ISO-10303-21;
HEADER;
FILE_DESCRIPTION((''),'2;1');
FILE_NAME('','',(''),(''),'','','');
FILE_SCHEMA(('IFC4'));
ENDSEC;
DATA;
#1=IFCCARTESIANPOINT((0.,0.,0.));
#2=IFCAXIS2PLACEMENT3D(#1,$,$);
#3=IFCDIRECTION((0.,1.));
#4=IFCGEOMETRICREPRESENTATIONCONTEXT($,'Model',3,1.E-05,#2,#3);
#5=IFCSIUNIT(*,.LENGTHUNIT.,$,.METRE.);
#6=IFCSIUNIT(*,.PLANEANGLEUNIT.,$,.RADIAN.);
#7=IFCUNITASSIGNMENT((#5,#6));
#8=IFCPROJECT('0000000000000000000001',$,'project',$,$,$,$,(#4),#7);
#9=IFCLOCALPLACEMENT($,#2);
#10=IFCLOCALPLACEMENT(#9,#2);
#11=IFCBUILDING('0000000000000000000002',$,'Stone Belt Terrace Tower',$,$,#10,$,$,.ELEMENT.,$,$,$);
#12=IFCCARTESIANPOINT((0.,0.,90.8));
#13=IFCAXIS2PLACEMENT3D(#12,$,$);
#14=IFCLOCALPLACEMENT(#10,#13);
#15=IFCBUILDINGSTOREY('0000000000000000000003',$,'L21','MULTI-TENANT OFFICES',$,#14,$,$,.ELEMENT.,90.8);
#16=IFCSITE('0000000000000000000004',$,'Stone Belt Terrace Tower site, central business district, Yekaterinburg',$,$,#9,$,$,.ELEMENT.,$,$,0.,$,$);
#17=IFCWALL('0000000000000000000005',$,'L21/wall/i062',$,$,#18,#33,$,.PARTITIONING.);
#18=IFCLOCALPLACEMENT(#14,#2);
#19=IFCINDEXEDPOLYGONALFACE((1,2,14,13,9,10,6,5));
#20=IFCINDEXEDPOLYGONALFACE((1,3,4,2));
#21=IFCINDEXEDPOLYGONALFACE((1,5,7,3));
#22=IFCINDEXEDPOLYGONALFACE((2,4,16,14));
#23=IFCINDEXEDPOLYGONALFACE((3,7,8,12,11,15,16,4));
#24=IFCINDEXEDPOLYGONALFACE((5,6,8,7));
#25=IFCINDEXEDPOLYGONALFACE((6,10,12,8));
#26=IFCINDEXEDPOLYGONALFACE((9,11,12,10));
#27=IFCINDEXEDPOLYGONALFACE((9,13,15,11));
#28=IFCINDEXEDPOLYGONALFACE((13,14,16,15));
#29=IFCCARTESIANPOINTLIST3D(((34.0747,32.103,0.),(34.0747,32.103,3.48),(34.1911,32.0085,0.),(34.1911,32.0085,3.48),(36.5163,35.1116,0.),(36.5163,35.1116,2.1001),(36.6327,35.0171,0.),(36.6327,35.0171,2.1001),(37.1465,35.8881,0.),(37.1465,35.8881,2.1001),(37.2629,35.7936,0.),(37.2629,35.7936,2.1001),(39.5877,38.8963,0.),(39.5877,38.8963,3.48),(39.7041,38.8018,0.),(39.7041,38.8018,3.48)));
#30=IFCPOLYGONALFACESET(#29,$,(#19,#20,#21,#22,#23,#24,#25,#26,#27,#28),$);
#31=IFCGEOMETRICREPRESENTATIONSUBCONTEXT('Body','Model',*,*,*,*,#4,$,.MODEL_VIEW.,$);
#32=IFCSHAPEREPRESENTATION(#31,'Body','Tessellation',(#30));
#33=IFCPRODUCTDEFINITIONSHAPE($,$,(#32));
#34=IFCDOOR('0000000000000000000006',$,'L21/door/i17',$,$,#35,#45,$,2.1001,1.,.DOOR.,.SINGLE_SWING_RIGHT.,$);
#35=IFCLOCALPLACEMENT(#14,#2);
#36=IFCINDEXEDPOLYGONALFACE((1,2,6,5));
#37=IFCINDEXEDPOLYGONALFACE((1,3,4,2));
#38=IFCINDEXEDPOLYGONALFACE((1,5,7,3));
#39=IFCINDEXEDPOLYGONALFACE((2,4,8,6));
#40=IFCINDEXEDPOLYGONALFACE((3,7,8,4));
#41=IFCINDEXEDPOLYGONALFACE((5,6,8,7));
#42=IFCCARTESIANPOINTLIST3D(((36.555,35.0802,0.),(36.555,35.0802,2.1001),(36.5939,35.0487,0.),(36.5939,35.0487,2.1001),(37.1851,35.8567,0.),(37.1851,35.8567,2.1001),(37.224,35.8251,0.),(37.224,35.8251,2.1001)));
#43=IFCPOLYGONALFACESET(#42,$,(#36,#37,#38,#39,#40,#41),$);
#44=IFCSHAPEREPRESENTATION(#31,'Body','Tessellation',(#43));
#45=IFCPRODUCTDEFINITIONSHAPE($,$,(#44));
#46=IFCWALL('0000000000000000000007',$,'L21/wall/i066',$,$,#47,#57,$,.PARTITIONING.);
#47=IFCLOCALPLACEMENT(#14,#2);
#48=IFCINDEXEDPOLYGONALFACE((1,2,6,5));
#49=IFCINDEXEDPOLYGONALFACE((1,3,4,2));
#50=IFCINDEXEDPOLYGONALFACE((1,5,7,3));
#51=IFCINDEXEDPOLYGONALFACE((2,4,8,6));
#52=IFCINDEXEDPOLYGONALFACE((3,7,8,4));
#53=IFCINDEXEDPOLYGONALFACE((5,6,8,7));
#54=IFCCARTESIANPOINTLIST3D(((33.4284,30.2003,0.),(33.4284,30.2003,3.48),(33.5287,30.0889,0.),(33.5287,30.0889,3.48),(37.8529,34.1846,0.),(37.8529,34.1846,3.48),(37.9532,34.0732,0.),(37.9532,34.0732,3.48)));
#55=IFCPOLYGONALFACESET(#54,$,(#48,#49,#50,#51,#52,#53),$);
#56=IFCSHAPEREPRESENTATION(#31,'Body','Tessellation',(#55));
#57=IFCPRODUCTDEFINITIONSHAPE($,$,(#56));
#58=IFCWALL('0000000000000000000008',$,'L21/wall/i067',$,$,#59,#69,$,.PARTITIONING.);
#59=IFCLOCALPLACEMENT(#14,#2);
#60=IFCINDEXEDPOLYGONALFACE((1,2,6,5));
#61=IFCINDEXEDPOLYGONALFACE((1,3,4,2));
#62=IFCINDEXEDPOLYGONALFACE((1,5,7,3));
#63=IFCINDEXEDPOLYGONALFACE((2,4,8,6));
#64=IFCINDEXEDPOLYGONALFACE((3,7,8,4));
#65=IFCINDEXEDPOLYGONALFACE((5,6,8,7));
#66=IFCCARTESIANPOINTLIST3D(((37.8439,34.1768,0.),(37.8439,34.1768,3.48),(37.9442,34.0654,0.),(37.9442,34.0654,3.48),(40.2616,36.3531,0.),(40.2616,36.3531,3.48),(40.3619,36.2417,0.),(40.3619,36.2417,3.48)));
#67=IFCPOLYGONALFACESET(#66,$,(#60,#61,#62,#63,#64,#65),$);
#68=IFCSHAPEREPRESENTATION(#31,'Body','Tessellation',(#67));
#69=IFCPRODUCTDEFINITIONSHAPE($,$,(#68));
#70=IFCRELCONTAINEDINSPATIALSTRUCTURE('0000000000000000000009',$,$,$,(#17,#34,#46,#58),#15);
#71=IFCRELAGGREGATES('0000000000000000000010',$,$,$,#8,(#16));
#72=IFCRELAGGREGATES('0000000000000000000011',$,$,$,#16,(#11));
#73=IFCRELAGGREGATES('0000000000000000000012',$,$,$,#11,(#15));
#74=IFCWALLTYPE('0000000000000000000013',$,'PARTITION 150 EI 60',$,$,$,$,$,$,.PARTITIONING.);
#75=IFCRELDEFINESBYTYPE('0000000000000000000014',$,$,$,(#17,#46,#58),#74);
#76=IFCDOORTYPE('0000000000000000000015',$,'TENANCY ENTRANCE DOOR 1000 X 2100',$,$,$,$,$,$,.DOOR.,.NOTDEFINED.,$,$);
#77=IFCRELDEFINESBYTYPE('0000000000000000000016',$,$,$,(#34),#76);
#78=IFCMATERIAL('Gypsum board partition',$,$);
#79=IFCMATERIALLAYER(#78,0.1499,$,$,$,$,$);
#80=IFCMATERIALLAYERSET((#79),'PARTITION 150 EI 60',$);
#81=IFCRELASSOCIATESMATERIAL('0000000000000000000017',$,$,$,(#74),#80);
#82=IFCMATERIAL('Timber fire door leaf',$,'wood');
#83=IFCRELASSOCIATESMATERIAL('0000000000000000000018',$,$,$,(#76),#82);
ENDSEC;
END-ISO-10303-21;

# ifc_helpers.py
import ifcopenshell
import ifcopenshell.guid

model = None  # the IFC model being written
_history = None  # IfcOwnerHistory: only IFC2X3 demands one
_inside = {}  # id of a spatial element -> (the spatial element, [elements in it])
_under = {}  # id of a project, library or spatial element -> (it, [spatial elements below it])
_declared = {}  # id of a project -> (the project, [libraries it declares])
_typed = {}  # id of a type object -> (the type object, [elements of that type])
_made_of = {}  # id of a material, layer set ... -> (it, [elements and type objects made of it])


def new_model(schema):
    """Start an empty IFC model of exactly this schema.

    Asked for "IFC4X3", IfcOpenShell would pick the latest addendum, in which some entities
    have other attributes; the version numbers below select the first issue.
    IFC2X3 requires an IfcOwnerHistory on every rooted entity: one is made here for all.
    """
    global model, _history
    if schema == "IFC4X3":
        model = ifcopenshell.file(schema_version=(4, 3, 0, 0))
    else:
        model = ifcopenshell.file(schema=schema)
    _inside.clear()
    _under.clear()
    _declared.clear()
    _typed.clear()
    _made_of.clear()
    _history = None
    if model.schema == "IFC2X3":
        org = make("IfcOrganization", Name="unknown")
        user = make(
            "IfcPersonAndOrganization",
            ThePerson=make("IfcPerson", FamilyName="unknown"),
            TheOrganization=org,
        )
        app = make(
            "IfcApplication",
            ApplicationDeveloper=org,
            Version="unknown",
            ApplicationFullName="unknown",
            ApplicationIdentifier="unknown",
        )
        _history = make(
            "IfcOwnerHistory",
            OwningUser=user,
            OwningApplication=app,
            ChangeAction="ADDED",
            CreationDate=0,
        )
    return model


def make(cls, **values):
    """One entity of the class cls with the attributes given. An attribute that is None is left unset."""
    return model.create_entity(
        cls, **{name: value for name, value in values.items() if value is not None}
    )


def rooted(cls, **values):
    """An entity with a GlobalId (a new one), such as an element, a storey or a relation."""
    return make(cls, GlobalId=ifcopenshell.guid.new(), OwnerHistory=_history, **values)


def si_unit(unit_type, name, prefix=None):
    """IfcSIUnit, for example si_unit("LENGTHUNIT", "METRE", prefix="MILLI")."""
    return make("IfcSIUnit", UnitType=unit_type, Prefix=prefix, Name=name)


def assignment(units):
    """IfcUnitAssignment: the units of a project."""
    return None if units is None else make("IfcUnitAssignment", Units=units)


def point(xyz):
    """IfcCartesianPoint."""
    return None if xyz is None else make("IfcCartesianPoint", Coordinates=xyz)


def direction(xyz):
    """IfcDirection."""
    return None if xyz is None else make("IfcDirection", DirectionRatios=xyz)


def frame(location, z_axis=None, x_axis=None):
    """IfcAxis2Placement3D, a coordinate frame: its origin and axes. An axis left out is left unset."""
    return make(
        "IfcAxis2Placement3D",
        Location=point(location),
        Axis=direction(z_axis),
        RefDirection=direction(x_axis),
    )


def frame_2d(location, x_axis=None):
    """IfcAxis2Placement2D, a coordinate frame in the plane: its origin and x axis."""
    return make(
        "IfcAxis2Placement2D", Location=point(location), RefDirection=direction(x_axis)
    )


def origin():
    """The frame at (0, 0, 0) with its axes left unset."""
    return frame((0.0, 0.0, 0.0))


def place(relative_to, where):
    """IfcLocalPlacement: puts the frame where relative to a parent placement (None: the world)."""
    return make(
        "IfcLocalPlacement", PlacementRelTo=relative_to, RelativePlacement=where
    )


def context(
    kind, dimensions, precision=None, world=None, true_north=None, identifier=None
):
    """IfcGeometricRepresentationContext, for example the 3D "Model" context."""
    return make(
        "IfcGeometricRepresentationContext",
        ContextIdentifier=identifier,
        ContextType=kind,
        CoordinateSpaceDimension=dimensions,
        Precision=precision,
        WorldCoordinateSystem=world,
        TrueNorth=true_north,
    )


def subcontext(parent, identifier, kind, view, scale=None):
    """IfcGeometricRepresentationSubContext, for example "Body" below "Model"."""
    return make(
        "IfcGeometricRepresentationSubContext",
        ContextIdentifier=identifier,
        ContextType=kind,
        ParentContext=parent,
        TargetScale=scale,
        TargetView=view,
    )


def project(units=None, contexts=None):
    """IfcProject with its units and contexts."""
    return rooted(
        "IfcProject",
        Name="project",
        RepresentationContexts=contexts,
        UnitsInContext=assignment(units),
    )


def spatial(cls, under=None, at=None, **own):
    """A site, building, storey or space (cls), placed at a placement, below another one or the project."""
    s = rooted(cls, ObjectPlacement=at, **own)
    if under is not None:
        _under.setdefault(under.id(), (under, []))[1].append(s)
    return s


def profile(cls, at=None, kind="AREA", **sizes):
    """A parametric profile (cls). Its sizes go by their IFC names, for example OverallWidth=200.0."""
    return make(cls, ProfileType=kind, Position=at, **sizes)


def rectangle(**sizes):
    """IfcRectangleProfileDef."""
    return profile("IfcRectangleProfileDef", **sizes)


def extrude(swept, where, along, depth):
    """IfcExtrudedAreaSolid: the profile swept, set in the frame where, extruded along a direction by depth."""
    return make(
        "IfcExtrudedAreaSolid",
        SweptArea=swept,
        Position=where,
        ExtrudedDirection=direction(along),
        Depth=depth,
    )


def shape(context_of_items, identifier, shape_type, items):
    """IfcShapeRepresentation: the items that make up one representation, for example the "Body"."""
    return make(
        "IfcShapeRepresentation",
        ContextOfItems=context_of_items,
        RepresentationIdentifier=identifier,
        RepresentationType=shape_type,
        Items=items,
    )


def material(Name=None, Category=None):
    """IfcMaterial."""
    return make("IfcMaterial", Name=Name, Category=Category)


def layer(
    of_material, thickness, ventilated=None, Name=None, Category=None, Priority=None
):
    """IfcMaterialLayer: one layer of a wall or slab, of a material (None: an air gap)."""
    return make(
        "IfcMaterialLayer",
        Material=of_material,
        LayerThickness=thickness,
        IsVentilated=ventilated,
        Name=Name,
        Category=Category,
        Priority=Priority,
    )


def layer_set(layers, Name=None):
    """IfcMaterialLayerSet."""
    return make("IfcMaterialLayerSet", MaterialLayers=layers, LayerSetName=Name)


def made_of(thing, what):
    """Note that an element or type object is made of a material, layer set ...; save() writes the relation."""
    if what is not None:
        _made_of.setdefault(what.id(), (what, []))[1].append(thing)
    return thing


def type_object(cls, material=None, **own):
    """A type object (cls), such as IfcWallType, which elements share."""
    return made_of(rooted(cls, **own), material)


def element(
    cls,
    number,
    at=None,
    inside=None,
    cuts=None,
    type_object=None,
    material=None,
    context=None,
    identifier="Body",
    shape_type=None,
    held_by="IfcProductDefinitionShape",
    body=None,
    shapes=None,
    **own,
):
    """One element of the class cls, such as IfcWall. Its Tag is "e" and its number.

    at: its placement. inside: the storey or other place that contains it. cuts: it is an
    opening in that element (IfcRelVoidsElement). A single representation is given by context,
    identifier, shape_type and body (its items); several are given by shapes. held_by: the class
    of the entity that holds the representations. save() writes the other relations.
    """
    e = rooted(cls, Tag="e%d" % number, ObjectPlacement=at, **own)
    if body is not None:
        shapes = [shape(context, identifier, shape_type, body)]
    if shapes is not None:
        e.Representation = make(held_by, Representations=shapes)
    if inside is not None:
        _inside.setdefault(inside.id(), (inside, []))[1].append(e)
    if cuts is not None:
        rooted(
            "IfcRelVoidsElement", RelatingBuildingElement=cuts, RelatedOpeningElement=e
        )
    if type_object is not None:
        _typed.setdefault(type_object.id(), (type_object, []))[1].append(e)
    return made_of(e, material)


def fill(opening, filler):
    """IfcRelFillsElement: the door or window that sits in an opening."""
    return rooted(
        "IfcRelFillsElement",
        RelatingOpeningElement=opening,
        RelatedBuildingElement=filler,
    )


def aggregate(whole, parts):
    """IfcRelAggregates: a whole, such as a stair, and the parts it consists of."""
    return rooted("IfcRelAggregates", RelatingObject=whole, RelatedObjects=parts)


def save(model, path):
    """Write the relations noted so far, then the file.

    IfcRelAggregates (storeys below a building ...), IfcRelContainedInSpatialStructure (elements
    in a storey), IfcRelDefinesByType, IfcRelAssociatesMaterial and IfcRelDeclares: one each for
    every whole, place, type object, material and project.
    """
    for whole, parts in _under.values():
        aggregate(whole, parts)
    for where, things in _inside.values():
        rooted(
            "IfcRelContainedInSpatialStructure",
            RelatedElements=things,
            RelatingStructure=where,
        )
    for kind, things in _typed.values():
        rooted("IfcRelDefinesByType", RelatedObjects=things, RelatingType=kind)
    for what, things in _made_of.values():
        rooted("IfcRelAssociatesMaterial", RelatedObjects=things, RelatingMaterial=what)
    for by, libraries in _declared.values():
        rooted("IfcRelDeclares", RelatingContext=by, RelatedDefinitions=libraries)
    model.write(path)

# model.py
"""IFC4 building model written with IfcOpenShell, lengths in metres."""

from ifc_helpers import new_model, si_unit, direction, frame, frame_2d, origin, place, context, subcontext, project, spatial, rectangle, extrude, material, layer, layer_set, type_object, element, fill, save


model = new_model("IFC4")

# Units and contexts
model_context = context("Model", 3, precision=1e-05, world=origin(), true_north=direction((0.0, 1.0)))
body_context = subcontext(model_context, "Body", "Model", "MODEL_VIEW")
ifc_project = project(units=[si_unit("LENGTHUNIT", "METRE"), si_unit("PLANEANGLEUNIT", "RADIAN")], contexts=[model_context])

# Site, building, storey
site_placement = place(None, origin())
site = spatial("IfcSite", under=ifc_project, at=site_placement, Name="Stone Belt Terrace Tower site, central business district, Yekaterinburg", CompositionType="ELEMENT", RefElevation=0.0)
building_placement = place(site_placement, origin())
building = spatial("IfcBuilding", under=site, at=building_placement, Name="Stone Belt Terrace Tower", CompositionType="ELEMENT")
storey_placement = place(building_placement, frame((0.0, 0.0, 90.8)))
storey = spatial("IfcBuildingStorey", under=building, at=storey_placement, Name="L21", Description="MULTI-TENANT OFFICES", CompositionType="ELEMENT", Elevation=90.8)

# Shared definitions
ifc_material_1 = material(Name="Gypsum board partition")

# Shared definitions
ifc_layer_1 = layer(ifc_material_1, 0.1499)
ifc_layer_set_1 = layer_set([ifc_layer_1], Name="PARTITION 150 EI 60")
wall_type_1 = type_object("IfcWallType", Name="PARTITION 150 EI 60", PredefinedType="PARTITIONING", material=ifc_layer_set_1)

# Shared definitions
ifc_material_2 = material(Name="Timber fire door leaf", Category="wood")
door_type_1 = type_object("IfcDoorType", Name="TENANCY ENTRANCE DOOR 1000 X 2100", OperationType="NOTDEFINED", PredefinedType="DOOR", material=ifc_material_2)

# Wall, opening, door
wall_1_placement = place(storey_placement, frame((39.646, 38.8491, 0.0), z_axis=(0.0, 0.0, 1.0), x_axis=(-0.630142, -0.77648, 0.0)))
wall_1 = element("IfcWall", 1, at=wall_1_placement, inside=storey, type_object=wall_type_1, Name="L21/wall/i062", PredefinedType="PARTITIONING", context=body_context, shape_type="SweptSolid", body=[
    extrude(rectangle(XDim=8.7488, YDim=0.1499, at=frame_2d((4.3745, 0.0))), origin(), (0.0, 0.0, 1.0), 3.48),
])
opening_1_placement = place(wall_1_placement, frame((3.8743, 0.0, 0.0)))
opening_1 = element("IfcOpeningElement", 2, at=opening_1_placement, cuts=wall_1, PredefinedType="OPENING", context=body_context, shape_type="SweptSolid", body=[
    extrude(rectangle(XDim=1.0, YDim=2.1001, at=frame_2d((0.5, 1.05))), frame((0.0, 0.085, 0.0), z_axis=(0.0, -1.0, 0.0), x_axis=(1.0, 0.0, 0.0)), (0.0, 0.0, 1.0), 0.1699),
])
door_1_placement = place(opening_1_placement, origin())
door_1 = element("IfcDoor", 3, at=door_1_placement, inside=storey, type_object=door_type_1, Name="L21/door/i17", OperationType="SINGLE_SWING_RIGHT", OverallHeight=2.1001, OverallWidth=1.0, PredefinedType="DOOR", context=body_context, shape_type="SweptSolid", body=[
    extrude(rectangle(XDim=1.0, YDim=2.1001, at=frame_2d((0.5, 1.05))), frame((0.0, 0.0249, 0.0), z_axis=(0.0, -1.0, 0.0), x_axis=(1.0, 0.0, 0.0)), (0.0, 0.0, 1.0), 0.05),
])
fill(opening_1, door_1)

# Walls
wall_2_placement = place(storey_placement, frame((37.9031, 34.1289, 0.0), z_axis=(0.0, 0.0, 1.0), x_axis=(-0.743105, -0.669175, 0.0)))
element("IfcWall", 4, at=wall_2_placement, inside=storey, type_object=wall_type_1, Name="L21/wall/i066", PredefinedType="PARTITIONING", context=body_context, shape_type="SweptSolid", body=[
    extrude(rectangle(XDim=5.9541, YDim=0.1499, at=frame_2d((2.9771, 0.0))), origin(), (0.0, 0.0, 1.0), 3.48),
])
wall_3_placement = place(storey_placement, frame((40.3118, 36.2974, 0.0), z_axis=(0.0, 0.0, 1.0), x_axis=(-0.743246, -0.669019, 0.0)))
element("IfcWall", 5, at=wall_3_placement, inside=storey, type_object=wall_type_1, Name="L21/wall/i067", PredefinedType="PARTITIONING", context=body_context, shape_type="SweptSolid", body=[
    extrude(rectangle(XDim=3.2529, YDim=0.1499, at=frame_2d((1.6265, 0.0))), origin(), (0.0, 0.0, 1.0), 3.48),
])

save(model, "model.ifc")
